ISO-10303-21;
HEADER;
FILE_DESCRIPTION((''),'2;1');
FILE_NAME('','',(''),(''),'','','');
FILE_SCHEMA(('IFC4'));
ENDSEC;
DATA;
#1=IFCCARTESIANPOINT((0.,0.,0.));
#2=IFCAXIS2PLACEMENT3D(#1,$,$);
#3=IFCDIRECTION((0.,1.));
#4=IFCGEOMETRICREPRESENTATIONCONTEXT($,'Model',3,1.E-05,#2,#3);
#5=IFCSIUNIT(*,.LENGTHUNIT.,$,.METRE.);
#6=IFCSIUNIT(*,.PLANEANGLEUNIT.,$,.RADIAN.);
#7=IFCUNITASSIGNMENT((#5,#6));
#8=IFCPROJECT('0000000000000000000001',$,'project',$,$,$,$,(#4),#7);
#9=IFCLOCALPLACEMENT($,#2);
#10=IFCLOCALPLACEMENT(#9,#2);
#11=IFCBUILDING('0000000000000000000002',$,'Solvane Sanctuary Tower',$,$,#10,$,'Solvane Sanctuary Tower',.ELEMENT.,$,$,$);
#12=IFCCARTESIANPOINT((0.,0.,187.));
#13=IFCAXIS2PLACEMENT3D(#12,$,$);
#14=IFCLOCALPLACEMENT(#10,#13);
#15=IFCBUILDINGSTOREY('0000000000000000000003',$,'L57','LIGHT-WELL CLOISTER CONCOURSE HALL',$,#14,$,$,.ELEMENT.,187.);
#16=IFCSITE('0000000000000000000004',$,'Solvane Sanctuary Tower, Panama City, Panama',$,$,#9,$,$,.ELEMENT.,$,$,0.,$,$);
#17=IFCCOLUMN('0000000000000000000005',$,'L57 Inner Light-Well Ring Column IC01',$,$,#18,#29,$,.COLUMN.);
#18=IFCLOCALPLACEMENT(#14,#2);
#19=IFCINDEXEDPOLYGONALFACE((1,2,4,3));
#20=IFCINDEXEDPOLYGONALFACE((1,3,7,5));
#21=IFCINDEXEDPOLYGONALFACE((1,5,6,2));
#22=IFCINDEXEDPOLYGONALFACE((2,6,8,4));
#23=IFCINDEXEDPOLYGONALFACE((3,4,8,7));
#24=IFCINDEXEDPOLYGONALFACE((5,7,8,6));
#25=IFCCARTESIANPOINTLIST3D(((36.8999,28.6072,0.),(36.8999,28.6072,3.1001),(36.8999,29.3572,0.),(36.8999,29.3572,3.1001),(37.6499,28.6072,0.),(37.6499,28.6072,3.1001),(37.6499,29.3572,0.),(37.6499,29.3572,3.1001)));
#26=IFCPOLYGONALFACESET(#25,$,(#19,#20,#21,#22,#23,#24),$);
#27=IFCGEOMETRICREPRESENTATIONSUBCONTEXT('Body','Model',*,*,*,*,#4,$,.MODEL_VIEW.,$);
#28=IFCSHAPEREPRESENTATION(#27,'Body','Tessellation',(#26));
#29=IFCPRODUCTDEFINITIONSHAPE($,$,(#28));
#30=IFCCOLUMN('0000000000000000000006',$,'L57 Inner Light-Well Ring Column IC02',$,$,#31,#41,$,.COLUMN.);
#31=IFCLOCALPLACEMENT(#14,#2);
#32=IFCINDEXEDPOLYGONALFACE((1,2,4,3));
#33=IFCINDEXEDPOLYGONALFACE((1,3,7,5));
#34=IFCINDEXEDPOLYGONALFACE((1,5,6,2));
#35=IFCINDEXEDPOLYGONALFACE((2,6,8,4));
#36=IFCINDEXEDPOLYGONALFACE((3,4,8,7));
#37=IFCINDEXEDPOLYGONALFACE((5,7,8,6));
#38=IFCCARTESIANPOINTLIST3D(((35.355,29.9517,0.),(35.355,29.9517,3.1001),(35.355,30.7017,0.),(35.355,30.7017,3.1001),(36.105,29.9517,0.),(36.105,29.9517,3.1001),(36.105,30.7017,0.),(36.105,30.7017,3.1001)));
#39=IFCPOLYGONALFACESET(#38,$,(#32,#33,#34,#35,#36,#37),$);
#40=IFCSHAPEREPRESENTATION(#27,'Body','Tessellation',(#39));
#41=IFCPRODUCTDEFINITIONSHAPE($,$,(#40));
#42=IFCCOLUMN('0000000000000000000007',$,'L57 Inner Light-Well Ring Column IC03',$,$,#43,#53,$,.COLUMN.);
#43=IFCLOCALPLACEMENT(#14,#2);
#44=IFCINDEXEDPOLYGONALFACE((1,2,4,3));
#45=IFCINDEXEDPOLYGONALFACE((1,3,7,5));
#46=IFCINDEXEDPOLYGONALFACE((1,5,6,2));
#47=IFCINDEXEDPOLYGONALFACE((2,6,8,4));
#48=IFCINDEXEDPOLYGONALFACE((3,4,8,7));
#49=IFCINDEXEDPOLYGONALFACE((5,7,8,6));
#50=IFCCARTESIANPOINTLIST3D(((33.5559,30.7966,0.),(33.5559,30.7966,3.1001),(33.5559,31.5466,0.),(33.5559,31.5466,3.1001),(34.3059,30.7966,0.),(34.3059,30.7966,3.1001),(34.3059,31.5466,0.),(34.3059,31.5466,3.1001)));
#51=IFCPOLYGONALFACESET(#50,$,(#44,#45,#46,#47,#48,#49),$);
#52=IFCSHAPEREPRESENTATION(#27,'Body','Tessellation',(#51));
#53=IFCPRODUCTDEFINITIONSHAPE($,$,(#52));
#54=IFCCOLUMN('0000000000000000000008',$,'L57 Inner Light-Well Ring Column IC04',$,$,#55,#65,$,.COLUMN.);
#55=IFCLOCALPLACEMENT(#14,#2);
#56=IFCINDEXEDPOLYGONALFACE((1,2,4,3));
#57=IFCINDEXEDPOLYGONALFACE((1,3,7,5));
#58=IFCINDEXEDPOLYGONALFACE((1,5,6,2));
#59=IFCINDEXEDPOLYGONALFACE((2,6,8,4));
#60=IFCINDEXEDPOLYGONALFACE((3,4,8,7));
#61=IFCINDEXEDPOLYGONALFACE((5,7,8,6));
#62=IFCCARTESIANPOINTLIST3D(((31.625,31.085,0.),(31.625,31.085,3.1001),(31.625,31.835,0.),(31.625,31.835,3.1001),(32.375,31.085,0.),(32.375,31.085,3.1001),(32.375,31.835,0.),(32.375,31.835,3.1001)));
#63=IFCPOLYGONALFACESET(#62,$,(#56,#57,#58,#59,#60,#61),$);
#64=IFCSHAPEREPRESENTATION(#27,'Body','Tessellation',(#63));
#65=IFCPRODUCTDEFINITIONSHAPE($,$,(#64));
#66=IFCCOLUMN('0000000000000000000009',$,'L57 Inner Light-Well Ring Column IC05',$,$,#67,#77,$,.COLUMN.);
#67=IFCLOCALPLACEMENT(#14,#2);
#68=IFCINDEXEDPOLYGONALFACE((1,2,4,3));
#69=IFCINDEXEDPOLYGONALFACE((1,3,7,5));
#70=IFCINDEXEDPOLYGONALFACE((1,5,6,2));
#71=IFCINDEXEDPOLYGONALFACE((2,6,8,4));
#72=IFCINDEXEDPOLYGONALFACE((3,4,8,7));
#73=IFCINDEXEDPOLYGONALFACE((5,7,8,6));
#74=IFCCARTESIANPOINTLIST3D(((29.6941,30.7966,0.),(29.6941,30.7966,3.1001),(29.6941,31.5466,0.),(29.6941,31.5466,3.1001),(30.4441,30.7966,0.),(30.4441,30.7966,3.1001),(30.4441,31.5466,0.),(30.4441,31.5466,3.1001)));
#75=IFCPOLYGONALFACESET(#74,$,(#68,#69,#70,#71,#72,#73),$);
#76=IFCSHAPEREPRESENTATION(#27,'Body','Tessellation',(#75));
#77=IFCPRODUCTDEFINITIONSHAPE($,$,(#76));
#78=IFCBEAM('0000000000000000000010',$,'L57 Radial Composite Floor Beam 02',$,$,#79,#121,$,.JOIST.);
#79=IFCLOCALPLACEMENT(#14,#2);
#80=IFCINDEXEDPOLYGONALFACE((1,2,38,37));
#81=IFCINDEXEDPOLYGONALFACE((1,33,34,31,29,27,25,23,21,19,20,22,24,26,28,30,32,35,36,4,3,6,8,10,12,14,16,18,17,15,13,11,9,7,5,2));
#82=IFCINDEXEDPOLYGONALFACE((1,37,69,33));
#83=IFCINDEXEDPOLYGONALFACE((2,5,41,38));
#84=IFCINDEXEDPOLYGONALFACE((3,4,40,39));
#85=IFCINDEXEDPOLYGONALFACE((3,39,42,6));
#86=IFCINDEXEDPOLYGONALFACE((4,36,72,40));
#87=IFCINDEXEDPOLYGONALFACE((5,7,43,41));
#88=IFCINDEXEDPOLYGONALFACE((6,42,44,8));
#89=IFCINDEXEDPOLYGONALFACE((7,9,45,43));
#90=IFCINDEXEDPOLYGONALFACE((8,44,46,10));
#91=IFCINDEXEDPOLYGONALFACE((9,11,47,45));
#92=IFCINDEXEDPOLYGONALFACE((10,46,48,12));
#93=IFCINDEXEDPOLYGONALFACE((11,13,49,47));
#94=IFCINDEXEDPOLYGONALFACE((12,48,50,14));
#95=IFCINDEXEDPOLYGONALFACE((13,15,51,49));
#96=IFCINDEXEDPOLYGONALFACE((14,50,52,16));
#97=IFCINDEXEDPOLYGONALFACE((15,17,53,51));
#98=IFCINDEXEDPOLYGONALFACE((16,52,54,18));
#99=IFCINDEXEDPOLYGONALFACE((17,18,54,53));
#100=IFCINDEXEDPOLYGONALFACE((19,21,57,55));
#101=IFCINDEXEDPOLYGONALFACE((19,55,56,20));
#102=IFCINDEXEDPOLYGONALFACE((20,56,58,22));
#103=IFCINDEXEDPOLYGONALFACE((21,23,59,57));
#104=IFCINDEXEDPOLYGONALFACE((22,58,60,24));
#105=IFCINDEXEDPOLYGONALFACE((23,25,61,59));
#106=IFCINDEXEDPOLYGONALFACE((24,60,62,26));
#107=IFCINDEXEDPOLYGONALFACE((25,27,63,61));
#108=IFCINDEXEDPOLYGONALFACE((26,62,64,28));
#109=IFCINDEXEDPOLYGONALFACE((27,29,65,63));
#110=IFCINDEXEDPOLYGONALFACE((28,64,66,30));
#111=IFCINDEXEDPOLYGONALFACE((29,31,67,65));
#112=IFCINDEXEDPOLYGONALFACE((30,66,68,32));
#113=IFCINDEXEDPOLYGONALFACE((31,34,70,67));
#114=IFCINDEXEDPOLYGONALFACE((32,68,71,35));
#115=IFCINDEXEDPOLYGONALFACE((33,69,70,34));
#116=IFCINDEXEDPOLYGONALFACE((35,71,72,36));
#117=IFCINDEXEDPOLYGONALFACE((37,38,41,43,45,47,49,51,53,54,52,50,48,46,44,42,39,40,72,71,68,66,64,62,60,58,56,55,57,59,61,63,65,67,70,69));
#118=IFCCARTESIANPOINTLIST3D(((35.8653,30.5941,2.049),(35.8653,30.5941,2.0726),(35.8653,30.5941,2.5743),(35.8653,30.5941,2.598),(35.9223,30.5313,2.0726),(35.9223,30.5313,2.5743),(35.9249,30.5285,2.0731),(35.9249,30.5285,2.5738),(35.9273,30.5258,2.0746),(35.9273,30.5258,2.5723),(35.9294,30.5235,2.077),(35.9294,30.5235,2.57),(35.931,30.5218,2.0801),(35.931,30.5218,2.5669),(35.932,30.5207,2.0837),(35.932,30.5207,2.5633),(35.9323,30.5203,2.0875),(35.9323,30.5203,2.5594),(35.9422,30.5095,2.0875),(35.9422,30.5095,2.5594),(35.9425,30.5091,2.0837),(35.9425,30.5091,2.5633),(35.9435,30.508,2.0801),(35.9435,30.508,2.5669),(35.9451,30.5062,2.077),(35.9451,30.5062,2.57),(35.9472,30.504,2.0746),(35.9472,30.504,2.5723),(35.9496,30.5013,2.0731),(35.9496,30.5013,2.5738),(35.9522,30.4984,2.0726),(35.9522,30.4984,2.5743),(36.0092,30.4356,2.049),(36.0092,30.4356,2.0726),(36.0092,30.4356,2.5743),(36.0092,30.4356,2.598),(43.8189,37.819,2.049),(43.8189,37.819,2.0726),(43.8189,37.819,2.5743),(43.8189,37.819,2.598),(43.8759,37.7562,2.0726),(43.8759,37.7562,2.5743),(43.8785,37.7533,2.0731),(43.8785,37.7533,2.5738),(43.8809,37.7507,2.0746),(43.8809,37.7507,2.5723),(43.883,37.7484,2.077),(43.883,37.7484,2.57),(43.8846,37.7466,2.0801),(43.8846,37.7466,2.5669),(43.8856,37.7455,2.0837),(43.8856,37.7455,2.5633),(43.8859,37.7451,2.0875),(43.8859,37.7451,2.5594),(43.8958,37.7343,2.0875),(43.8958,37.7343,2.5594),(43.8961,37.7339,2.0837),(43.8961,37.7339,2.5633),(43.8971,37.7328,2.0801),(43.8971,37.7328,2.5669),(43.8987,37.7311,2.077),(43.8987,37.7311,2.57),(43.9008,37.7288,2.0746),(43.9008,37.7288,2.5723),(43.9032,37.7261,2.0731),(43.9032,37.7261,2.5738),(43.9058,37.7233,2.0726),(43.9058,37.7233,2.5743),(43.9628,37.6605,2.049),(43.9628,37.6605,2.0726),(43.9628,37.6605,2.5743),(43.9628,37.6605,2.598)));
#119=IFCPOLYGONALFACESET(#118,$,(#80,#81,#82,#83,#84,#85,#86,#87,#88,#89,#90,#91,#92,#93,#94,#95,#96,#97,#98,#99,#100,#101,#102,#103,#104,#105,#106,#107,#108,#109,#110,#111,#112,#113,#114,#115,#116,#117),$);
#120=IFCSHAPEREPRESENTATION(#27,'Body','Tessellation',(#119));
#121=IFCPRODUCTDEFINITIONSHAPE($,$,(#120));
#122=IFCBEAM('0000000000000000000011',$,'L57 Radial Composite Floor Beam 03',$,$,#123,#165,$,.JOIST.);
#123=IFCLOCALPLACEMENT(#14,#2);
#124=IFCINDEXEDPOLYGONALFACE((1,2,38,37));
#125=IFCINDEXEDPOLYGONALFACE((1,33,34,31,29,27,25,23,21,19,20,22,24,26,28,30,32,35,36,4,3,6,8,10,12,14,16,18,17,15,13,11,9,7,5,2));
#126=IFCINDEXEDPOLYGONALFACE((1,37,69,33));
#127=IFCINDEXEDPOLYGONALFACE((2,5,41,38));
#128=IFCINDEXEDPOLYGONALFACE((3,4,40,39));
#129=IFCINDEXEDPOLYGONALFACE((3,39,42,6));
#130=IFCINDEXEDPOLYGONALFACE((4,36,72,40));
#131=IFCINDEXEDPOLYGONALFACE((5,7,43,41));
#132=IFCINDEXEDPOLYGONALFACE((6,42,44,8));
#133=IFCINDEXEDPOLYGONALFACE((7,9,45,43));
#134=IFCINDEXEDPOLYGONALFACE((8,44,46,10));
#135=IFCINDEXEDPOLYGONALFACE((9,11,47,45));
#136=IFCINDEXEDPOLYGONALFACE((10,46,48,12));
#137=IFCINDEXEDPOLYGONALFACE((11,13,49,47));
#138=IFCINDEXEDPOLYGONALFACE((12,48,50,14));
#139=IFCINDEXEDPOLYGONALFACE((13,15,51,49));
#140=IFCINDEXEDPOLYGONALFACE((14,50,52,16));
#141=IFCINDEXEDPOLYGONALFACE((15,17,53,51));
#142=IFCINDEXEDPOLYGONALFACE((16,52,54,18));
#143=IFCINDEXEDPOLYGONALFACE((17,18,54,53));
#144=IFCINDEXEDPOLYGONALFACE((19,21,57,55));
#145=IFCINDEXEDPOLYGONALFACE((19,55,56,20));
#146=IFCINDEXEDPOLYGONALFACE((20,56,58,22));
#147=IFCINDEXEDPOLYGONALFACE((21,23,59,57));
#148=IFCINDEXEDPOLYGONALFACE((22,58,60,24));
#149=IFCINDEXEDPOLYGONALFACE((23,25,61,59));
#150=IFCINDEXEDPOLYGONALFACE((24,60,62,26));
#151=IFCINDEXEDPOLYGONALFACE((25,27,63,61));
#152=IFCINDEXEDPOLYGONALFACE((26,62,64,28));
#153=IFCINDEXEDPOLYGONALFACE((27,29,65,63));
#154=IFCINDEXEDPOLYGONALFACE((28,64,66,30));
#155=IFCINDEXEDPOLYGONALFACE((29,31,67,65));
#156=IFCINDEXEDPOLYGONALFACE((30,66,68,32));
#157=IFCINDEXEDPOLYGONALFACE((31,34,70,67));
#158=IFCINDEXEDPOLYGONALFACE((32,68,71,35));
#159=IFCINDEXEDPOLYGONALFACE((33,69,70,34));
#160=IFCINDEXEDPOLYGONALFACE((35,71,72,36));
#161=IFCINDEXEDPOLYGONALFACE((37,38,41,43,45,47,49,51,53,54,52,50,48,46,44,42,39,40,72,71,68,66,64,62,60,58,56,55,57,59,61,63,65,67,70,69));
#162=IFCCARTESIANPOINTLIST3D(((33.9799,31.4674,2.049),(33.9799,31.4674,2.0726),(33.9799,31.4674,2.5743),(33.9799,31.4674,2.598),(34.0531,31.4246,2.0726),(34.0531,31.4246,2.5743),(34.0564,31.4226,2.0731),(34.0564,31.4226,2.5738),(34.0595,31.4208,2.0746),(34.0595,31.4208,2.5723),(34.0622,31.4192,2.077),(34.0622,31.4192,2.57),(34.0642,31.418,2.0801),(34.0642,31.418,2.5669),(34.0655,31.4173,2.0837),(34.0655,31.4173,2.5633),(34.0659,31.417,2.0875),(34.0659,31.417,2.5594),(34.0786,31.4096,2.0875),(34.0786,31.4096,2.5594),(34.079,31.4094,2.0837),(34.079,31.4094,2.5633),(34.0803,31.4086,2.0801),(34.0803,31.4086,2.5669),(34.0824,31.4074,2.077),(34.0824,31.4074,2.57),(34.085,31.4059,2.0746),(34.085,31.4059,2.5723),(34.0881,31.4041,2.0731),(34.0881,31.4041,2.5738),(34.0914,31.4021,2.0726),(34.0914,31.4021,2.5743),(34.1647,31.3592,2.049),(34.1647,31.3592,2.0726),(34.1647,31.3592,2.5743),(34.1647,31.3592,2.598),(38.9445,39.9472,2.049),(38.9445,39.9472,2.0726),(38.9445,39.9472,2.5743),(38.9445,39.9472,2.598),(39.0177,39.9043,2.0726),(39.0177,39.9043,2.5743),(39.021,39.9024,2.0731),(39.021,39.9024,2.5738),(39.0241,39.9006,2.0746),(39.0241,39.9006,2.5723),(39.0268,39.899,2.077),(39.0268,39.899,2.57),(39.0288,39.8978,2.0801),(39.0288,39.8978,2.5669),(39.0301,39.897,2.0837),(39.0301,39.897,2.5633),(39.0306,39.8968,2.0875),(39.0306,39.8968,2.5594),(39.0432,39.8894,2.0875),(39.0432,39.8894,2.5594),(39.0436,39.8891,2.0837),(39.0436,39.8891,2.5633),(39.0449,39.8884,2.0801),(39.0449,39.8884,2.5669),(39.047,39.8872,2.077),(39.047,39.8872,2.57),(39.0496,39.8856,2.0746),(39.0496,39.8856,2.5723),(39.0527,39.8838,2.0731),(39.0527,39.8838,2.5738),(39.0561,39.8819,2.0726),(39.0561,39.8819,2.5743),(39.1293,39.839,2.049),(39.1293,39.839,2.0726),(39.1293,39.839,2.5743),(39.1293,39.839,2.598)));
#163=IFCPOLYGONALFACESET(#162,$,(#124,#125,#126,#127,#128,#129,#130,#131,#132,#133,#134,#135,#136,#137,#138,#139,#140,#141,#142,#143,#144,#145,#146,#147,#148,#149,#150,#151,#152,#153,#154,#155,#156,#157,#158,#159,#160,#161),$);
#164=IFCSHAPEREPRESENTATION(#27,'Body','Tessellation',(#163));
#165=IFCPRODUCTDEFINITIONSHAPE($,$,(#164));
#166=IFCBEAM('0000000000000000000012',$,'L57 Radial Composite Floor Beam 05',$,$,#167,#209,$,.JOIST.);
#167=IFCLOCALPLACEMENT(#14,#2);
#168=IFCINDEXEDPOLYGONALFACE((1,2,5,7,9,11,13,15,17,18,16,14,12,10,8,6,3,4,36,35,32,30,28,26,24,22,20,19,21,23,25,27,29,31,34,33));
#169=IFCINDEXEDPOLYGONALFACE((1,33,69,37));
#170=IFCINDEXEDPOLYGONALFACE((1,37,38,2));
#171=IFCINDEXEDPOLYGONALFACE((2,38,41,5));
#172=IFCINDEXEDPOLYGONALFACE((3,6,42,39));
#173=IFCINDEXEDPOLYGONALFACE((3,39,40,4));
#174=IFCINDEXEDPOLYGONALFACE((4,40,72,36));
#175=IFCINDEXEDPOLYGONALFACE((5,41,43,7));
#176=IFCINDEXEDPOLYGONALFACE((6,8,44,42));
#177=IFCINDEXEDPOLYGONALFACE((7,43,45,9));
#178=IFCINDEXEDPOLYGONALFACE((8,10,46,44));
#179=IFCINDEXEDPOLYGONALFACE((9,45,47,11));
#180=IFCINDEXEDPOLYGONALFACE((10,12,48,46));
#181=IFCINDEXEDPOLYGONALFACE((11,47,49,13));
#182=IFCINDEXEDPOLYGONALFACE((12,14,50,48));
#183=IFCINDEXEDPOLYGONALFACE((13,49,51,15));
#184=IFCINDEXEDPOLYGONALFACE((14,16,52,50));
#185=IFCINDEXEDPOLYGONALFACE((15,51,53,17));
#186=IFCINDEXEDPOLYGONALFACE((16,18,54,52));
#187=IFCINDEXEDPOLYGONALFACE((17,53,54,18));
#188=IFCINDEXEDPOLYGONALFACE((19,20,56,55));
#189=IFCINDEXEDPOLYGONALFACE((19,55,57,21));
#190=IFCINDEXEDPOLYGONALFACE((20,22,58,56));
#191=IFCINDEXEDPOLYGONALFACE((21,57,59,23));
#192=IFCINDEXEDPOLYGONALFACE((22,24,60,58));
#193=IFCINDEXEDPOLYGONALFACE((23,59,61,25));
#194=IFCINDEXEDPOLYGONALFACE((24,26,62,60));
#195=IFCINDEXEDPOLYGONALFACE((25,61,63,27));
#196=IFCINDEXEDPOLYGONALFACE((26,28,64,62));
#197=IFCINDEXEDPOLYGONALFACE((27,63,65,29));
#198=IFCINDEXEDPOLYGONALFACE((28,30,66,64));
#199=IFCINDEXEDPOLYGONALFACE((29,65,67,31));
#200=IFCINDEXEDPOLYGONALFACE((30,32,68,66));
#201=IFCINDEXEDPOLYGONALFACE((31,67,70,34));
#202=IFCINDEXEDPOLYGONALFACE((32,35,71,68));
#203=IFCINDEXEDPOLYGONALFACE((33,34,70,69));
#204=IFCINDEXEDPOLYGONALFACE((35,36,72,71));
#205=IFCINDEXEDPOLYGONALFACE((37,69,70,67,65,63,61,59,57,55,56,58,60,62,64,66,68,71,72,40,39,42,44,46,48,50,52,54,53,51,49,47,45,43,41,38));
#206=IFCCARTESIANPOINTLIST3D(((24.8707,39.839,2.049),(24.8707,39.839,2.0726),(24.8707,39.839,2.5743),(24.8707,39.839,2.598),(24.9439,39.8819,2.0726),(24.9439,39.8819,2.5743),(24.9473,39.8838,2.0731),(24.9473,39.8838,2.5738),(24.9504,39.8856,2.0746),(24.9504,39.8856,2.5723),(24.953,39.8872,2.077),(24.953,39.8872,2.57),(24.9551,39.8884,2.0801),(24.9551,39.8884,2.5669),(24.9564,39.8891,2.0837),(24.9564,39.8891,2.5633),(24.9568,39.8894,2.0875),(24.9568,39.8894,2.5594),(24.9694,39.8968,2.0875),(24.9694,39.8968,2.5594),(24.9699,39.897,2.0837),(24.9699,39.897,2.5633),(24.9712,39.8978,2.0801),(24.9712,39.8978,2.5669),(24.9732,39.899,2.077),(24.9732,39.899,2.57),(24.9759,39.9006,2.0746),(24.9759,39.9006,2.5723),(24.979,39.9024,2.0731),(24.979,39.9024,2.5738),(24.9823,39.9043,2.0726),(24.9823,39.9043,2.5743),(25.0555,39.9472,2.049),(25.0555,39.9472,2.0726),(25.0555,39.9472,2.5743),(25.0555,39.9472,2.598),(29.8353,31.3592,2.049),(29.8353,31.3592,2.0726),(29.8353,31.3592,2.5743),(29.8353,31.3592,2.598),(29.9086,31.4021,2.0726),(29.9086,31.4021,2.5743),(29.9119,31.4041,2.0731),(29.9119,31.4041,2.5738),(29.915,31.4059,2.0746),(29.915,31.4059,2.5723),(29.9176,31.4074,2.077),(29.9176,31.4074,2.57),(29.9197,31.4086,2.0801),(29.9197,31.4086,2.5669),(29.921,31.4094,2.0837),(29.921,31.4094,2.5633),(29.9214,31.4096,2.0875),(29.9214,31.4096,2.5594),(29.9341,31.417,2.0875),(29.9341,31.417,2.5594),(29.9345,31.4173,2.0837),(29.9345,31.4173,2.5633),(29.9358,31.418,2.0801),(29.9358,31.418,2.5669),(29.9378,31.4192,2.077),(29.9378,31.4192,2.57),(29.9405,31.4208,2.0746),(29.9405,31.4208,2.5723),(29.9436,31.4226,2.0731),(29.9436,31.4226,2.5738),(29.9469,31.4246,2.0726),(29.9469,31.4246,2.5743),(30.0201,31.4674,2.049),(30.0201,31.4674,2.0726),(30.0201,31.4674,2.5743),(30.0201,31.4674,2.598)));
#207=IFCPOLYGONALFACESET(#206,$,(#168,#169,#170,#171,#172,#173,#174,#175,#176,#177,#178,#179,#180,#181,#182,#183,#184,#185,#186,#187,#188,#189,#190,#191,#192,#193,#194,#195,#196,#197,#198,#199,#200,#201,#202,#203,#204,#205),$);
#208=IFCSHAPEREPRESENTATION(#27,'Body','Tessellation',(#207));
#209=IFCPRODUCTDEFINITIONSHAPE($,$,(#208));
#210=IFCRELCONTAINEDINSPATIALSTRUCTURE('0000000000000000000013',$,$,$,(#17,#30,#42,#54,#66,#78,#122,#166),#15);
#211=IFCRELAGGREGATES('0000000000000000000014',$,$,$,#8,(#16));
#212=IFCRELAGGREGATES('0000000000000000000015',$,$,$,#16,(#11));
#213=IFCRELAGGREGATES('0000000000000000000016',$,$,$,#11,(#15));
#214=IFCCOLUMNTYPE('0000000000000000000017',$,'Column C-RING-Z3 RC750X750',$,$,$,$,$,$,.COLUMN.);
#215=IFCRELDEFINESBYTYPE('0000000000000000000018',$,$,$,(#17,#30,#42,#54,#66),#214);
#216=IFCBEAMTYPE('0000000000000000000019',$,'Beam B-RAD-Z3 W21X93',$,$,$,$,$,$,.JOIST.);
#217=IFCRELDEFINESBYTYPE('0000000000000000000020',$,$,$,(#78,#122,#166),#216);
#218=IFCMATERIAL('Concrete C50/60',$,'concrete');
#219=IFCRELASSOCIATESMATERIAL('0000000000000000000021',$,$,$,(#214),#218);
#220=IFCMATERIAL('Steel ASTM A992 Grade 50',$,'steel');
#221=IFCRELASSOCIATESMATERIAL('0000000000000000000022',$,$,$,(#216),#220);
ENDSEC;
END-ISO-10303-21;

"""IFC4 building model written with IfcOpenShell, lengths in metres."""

from ifc_helpers import new_model, si_unit, direction, frame, origin, origin_2d, place, context, subcontext, project, spatial, rectangle, i_section, extrude, material, material_profile, profile_set, type_object, element, save


model = new_model("IFC4")

# Units and contexts
model_context = context("Model", 3, precision=1e-05, world=origin(), true_north=direction((0.0, 1.0)))
body_context = subcontext(model_context, "Body", "Model", "MODEL_VIEW")
ifc_project = project(units=[si_unit("LENGTHUNIT", "METRE"), si_unit("PLANEANGLEUNIT", "RADIAN")], contexts=[model_context])

# Site, building, storey
site_placement = place(None, origin())
site = spatial("IfcSite", under=ifc_project, at=site_placement, Name="Solvane Sanctuary Tower, Panama City, Panama", CompositionType="ELEMENT", RefElevation=0.0)
building_placement = place(site_placement, origin())
building = spatial("IfcBuilding", under=site, at=building_placement, Name="Solvane Sanctuary Tower", LongName="Solvane Sanctuary Tower", CompositionType="ELEMENT")
storey_placement = place(building_placement, frame((0.0, 0.0, 187.0)))
storey = spatial("IfcBuildingStorey", under=building, at=storey_placement, Name="L57", Description="LIGHT-WELL CLOISTER CONCOURSE HALL", CompositionType="ELEMENT", Elevation=187.0)

# Columns
ifc_material_1 = material(Name="Concrete C50/60", Category="concrete")
ifc_material_profile_1 = material_profile(ifc_material_1, rectangle(XDim=0.75, YDim=0.75, at=origin_2d()), Name="RC750X750")
ifc_profile_set_1 = profile_set([ifc_material_profile_1], Name="Concrete C50/60")
column_type = type_object("IfcColumnType", Name="Column C-RING-Z3 RC750X750", PredefinedType="COLUMN", material=ifc_profile_set_1)
for number, where, z_axis, x_axis, name in (
    (1, (37.2749, 28.9822, 0.0), (0.0, 0.0, 1.0), (1.0, 0.0, 0.0), "L57 Inner Light-Well Ring Column IC01"),
    (2, (35.73, 30.3267, 0.0), (0.0, 0.0, 1.0), (1.0, 0.0, 0.0), "L57 Inner Light-Well Ring Column IC02"),
    (3, (33.9309, 31.1716, 0.0), (0.0, 0.0, 1.0), (1.0, 0.0, 0.0), "L57 Inner Light-Well Ring Column IC03"),
    (4, (32.0, 31.46, 0.0), (0.0, 0.0, 1.0), (1.0, 0.0, 0.0), "L57 Inner Light-Well Ring Column IC04"),
    (5, (30.0691, 31.1716, 0.0), (0.0, 0.0, 1.0), (1.0, 0.0, 0.0), "L57 Inner Light-Well Ring Column IC05"),
):
    element("IfcColumn", number, at=place(storey_placement, frame(where, z_axis=z_axis, x_axis=x_axis)), inside=storey, type_object=column_type, Name=name, PredefinedType="COLUMN", context=body_context, shape_type="SweptSolid", body=[
        extrude(rectangle(XDim=0.75, YDim=0.75, at=origin_2d()), origin(), (0.0, 0.0, 1.0), 3.1001),
    ])

# Beams
ifc_material_2 = material(Name="Steel ASTM A992 Grade 50", Category="steel")
ifc_material_profile_2 = material_profile(ifc_material_2, i_section(OverallWidth=0.2141, OverallDepth=0.5491, WebThickness=0.0146, FlangeThickness=0.0237, FilletRadius=0.0149, at=origin_2d()), Name="W21X93")
ifc_profile_set_2 = profile_set([ifc_material_profile_2], Name="Steel ASTM A992 Grade 50")
beam_type_1 = type_object("IfcBeamType", Name="Beam B-RAD-Z3 W21X93", PredefinedType="JOIST", material=ifc_profile_set_2)
beam_1_placement = place(storey_placement, frame((35.9373, 30.5149, 2.3235), z_axis=(0.740204, 0.672382, 0.0), x_axis=(-0.672382, 0.740204, 0.0)))
element("IfcBeam", 6, at=beam_1_placement, inside=storey, type_object=beam_type_1, Name="L57 Radial Composite Floor Beam 02", PredefinedType="JOIST", context=body_context, shape_type="SweptSolid", body=[
    extrude(i_section(OverallWidth=0.2141, OverallDepth=0.5491, WebThickness=0.0146, FlangeThickness=0.0237, FilletRadius=0.0149, at=origin_2d()), origin(), (0.0, 0.0, 1.0), 10.7451),
])
for number, where, z_axis, x_axis, name in (
    (7, (34.0723, 31.4133, 2.3235), (0.505244, 0.862977, 0.0), (-0.862977, 0.505244, 0.0), "L57 Radial Composite Floor Beam 03"),
    (8, (29.9277, 31.4133, 2.3235), (-0.505244, 0.862977, 0.0), (-0.862977, -0.505244, 0.0), "L57 Radial Composite Floor Beam 05"),
):
    element("IfcBeam", number, at=place(storey_placement, frame(where, z_axis=z_axis, x_axis=x_axis)), inside=storey, type_object=beam_type_1, Name=name, PredefinedType="JOIST", context=body_context, shape_type="SweptSolid", body=[
        extrude(i_section(OverallWidth=0.2141, OverallDepth=0.5491, WebThickness=0.0146, FlangeThickness=0.0237, FilletRadius=0.0149, at=origin_2d()), origin(), (0.0, 0.0, 1.0), 9.8262),
    ])

save(model, "model.ifc")
